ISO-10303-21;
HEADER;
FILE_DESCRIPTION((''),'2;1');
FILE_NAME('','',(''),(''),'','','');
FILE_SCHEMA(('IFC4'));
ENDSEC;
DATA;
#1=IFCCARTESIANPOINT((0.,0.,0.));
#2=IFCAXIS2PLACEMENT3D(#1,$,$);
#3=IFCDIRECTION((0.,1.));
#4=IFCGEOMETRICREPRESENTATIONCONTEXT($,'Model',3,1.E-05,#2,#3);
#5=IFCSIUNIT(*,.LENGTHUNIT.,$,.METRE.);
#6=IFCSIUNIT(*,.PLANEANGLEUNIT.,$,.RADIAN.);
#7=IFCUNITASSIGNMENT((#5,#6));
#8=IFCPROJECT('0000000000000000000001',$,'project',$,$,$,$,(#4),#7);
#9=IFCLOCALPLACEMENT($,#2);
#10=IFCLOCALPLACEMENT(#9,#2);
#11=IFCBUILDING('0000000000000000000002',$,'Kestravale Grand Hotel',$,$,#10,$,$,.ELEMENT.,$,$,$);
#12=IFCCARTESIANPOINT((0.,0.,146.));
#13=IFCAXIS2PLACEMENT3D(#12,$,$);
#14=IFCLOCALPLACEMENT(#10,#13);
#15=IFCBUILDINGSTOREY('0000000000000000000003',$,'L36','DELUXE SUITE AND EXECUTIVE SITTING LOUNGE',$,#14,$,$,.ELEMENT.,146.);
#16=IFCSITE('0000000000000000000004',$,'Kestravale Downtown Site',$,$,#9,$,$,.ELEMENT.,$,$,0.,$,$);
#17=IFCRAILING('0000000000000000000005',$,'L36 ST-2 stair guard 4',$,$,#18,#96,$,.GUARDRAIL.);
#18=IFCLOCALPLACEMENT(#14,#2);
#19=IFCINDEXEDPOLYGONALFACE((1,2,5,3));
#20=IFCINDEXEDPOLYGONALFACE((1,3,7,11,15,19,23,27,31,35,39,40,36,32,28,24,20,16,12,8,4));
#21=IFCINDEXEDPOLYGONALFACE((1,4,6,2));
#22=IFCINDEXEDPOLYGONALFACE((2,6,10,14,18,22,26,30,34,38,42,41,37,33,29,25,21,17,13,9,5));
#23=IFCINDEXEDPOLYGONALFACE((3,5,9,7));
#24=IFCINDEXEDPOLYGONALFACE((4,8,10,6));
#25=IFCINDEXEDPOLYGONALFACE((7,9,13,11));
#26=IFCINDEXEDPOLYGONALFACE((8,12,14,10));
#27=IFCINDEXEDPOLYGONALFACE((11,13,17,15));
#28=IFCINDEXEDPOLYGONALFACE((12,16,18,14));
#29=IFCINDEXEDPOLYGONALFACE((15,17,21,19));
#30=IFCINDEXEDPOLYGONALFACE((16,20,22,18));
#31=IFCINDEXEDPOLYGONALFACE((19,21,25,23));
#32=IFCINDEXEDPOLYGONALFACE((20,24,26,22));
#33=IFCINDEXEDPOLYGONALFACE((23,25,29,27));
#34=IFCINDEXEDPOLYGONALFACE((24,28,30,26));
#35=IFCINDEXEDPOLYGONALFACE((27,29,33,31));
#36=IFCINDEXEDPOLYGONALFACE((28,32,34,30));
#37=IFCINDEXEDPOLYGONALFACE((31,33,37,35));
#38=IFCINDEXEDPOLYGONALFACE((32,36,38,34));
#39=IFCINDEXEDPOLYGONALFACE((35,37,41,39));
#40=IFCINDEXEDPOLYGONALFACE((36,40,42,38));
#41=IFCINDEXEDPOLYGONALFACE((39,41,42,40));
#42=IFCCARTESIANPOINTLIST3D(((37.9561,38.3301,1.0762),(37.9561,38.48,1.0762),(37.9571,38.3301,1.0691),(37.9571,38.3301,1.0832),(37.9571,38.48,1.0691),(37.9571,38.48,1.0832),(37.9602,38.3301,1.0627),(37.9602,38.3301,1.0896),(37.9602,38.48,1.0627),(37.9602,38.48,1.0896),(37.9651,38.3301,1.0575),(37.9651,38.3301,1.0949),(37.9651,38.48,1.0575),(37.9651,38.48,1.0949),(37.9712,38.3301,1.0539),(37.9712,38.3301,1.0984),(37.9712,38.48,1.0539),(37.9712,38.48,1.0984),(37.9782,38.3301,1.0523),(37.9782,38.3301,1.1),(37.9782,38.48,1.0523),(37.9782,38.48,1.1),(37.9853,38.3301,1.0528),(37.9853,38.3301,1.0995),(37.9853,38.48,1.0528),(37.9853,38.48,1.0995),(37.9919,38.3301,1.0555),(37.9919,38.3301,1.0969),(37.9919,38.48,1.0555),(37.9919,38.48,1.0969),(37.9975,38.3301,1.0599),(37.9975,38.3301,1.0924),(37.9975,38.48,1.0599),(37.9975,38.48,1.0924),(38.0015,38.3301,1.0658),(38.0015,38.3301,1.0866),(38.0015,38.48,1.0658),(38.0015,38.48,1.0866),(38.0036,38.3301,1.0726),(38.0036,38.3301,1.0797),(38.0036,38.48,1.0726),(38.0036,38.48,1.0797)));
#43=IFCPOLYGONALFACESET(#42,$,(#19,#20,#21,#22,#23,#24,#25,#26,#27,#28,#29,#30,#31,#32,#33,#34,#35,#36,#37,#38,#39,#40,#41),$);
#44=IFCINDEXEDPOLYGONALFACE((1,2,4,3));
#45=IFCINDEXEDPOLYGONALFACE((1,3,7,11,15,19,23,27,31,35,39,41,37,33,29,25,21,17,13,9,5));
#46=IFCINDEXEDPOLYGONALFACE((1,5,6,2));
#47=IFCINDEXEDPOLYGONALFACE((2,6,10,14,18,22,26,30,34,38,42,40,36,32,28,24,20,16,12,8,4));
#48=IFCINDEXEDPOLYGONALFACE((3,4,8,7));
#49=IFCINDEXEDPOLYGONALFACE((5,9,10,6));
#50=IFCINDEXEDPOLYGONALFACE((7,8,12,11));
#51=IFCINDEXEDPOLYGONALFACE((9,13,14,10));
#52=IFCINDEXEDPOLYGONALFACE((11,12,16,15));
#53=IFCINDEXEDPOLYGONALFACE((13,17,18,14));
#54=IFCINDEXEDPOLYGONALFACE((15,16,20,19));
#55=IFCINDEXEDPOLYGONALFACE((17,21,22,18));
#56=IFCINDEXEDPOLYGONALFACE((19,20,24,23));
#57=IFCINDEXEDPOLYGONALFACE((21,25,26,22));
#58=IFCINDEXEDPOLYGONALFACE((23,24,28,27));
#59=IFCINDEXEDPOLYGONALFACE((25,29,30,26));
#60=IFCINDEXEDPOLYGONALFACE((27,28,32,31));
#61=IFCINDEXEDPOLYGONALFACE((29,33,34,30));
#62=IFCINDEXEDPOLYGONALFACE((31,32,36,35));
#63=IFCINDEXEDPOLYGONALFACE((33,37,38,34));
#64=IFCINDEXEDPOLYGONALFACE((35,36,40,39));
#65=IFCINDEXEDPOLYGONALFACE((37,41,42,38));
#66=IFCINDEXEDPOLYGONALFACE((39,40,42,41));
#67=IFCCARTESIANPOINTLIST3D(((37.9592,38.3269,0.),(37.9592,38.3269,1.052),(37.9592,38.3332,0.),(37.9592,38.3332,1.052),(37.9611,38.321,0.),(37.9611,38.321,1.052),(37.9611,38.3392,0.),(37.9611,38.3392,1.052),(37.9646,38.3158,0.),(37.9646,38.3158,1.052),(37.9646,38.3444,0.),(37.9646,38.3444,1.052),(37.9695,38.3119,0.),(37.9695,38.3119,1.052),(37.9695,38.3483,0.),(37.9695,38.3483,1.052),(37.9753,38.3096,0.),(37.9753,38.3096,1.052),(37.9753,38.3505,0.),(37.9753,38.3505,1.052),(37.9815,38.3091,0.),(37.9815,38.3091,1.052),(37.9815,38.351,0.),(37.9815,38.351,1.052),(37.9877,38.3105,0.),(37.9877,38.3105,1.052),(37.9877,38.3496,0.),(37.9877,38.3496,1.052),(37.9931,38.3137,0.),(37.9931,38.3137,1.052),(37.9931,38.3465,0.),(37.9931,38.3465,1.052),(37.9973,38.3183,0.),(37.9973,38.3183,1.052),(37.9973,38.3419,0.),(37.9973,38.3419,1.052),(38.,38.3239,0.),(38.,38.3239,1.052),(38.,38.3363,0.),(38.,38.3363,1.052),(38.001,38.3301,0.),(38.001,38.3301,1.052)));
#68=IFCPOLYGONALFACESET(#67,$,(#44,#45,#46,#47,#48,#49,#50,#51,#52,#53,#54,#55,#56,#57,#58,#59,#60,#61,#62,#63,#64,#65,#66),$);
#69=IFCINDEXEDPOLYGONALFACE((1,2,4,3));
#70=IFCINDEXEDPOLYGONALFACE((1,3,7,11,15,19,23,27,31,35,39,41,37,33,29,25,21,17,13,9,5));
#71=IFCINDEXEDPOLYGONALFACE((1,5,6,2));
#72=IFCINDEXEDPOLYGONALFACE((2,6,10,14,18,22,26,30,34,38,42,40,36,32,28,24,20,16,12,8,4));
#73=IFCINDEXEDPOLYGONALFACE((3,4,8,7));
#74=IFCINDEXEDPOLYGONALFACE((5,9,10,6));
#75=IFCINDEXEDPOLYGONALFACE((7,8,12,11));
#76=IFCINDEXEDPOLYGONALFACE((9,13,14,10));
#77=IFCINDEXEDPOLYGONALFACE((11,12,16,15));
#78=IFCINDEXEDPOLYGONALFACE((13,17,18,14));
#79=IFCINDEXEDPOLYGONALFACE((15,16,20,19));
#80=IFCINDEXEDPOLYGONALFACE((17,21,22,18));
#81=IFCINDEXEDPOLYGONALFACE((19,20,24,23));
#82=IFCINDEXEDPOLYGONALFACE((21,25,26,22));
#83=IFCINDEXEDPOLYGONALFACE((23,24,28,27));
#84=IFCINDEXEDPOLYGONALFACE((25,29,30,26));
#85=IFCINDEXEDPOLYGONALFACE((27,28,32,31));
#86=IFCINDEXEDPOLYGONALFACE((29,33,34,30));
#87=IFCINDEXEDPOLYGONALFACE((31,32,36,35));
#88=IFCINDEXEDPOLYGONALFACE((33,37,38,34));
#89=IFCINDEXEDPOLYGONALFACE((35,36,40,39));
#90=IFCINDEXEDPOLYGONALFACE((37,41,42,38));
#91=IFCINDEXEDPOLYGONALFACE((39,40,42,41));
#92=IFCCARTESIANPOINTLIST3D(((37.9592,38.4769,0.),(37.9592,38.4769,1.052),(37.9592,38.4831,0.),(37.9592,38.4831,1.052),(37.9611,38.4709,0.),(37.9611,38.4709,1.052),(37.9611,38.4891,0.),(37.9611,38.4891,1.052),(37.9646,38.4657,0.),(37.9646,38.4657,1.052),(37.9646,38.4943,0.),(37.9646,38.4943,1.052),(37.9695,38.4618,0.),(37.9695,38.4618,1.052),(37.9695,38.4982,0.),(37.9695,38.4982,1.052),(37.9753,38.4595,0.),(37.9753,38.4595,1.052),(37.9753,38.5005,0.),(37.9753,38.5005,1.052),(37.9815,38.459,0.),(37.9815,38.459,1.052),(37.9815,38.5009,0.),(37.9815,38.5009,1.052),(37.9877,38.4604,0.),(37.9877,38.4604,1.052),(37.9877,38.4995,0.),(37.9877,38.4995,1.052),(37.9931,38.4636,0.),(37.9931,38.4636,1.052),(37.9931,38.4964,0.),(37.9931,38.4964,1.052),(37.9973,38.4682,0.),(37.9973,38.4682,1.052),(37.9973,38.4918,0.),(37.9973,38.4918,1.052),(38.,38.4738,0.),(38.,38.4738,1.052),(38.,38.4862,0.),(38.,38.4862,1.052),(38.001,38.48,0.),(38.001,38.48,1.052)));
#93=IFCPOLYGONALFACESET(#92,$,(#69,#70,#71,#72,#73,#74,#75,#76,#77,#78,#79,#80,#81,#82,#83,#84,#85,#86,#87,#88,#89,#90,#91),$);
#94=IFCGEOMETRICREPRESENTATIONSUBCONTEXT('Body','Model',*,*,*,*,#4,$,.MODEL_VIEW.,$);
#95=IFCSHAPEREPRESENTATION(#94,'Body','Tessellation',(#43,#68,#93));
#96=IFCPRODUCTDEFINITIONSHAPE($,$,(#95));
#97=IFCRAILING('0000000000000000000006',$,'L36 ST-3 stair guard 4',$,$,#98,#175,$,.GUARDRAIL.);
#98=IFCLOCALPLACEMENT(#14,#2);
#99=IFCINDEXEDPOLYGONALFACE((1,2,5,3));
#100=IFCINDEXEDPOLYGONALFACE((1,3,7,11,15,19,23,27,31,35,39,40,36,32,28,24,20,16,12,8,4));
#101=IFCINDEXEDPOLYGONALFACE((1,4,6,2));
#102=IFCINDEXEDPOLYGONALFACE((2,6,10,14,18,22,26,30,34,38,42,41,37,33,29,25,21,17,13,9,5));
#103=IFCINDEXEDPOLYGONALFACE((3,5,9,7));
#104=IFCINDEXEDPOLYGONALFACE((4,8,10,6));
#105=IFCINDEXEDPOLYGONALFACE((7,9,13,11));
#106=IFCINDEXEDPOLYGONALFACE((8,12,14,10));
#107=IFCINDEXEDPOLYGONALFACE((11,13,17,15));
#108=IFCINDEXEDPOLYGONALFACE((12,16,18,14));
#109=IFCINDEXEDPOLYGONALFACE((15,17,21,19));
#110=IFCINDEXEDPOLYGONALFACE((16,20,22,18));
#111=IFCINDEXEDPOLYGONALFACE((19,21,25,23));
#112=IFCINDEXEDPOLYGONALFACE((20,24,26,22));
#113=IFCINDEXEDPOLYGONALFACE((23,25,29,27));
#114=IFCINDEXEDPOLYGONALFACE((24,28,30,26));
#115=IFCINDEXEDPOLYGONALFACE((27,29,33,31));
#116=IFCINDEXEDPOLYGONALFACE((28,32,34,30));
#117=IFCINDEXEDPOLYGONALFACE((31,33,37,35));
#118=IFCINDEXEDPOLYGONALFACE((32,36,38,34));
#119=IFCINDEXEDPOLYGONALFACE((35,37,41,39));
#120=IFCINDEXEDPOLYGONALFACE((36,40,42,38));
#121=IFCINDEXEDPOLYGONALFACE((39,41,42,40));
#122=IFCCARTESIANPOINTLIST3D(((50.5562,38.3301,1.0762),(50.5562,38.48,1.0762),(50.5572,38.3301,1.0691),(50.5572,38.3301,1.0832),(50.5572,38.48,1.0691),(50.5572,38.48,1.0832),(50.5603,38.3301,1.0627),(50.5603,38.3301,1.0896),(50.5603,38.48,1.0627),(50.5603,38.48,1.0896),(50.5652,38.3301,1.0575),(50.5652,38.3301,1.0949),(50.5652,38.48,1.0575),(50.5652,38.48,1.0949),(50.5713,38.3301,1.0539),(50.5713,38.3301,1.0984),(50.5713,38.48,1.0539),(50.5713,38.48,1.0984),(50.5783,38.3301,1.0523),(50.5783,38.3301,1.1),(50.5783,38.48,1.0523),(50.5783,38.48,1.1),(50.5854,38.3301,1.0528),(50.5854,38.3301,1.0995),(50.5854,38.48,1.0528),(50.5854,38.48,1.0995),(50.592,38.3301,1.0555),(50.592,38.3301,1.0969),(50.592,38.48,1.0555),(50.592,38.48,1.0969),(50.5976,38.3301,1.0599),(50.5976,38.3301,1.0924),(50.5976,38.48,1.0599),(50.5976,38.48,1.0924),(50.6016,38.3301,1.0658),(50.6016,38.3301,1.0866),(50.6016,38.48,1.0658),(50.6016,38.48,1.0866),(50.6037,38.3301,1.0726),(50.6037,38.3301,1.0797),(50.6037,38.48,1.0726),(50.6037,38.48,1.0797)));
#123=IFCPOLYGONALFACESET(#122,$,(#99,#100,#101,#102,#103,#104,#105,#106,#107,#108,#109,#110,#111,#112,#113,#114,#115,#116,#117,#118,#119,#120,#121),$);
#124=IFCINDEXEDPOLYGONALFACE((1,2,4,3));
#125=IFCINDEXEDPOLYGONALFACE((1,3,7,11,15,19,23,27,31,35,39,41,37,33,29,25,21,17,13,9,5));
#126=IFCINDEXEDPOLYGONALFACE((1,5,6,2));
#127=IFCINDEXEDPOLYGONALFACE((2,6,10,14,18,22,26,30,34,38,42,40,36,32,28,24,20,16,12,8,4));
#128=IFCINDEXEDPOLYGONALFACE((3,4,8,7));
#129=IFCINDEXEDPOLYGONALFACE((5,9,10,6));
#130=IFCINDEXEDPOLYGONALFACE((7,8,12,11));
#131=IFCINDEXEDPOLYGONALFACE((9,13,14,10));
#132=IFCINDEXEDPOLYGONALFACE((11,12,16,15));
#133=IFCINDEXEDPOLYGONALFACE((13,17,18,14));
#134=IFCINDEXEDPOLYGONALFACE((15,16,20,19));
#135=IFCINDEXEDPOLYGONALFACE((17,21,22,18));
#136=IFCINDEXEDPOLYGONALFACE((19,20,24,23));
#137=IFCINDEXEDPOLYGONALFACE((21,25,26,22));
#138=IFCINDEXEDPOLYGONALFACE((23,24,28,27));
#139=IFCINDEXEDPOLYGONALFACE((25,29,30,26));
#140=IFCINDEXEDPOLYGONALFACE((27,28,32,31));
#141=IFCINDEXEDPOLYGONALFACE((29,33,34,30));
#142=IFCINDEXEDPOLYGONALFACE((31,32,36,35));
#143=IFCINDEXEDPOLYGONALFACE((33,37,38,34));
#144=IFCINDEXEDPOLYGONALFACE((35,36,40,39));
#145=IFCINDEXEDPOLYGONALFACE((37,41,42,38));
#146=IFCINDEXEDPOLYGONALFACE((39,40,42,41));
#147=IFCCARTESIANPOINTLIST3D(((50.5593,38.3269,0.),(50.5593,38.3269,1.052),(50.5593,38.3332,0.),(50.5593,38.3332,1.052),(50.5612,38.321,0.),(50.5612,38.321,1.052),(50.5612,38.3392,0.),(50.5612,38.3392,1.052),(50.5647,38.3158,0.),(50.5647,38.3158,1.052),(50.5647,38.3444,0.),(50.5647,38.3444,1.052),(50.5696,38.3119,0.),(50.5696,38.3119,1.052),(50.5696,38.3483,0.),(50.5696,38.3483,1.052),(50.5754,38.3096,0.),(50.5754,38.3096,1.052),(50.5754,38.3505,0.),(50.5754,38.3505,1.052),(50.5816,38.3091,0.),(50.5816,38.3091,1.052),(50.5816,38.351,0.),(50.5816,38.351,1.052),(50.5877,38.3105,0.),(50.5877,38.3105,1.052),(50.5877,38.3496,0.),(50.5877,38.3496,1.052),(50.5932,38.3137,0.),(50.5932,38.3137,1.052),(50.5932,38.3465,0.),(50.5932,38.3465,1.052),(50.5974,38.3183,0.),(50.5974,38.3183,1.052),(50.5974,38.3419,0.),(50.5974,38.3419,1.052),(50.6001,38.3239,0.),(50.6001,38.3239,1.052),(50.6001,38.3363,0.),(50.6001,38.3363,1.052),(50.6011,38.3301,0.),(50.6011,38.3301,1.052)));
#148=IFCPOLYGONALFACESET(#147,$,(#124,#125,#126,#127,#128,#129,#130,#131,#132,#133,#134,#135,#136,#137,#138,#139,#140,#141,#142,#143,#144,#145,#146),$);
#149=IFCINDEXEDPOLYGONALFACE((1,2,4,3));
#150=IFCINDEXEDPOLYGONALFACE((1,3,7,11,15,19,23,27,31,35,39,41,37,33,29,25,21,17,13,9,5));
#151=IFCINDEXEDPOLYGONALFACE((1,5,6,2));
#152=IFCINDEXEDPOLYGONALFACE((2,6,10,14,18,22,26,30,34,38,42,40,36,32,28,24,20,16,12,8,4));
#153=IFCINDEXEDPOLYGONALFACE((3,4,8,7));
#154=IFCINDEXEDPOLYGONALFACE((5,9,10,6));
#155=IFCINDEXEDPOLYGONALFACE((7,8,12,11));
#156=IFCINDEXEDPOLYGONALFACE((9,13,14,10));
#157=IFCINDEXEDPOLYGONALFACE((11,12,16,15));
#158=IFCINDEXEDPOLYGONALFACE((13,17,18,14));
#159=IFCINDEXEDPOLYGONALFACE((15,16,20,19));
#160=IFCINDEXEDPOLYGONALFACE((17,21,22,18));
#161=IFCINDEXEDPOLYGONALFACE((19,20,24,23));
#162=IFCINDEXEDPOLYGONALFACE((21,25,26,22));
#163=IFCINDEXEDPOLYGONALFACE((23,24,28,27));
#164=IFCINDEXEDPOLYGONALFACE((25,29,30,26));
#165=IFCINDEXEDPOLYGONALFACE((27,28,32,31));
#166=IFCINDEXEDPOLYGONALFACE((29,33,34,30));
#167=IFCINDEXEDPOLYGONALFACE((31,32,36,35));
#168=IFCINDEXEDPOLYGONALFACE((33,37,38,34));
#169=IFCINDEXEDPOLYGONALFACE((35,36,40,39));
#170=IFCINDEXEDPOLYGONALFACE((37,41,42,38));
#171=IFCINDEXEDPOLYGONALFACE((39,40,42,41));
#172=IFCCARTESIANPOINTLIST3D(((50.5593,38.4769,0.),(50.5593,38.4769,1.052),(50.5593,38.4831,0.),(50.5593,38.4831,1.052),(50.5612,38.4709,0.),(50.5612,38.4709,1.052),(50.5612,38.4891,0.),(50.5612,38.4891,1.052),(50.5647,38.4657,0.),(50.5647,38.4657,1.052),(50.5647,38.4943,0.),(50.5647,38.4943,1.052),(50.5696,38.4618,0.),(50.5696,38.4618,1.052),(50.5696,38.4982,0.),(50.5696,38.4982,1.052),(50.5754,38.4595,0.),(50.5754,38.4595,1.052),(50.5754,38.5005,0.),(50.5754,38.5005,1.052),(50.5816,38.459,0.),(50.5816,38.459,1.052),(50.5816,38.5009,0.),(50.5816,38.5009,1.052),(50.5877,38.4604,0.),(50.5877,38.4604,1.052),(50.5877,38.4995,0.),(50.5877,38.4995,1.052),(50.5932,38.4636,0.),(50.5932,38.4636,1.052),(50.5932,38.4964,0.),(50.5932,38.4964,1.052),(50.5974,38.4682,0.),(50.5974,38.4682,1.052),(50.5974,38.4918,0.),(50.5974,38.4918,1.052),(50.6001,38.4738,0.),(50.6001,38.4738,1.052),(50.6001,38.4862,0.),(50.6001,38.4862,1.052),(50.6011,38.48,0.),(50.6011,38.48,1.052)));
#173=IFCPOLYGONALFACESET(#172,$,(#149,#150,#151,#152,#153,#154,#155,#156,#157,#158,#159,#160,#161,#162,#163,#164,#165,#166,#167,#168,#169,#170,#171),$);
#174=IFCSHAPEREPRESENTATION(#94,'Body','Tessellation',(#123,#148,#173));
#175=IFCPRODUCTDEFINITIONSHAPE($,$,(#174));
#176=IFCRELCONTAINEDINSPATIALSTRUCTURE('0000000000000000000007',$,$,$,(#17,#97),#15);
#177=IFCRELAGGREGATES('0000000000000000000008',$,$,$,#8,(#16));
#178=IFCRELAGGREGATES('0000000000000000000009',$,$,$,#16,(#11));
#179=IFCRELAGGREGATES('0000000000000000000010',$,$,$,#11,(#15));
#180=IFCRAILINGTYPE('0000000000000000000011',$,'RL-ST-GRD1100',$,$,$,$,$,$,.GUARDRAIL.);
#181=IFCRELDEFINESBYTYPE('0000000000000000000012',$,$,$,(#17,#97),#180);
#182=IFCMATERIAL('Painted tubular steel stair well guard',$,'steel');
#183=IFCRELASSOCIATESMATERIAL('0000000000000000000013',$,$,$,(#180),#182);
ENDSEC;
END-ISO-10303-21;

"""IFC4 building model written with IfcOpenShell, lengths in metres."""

from ifc_helpers import new_model, si_unit, direction, frame, origin, origin_2d, place, context, subcontext, project, spatial, circle, extrude, material, type_object, element, save


model = new_model("IFC4")

# Units and contexts
model_context = context("Model", 3, precision=1e-05, world=origin(), true_north=direction((0.0, 1.0)))
body_context = subcontext(model_context, "Body", "Model", "MODEL_VIEW")
ifc_project = project(units=[si_unit("LENGTHUNIT", "METRE"), si_unit("PLANEANGLEUNIT", "RADIAN")], contexts=[model_context])

# Site, building, storey
site_placement = place(None, origin())
site = spatial("IfcSite", under=ifc_project, at=site_placement, Name="Kestravale Downtown Site", CompositionType="ELEMENT", RefElevation=0.0)
building_placement = place(site_placement, origin())
building = spatial("IfcBuilding", under=site, at=building_placement, Name="Kestravale Grand Hotel", CompositionType="ELEMENT")
storey_placement = place(building_placement, frame((0.0, 0.0, 146.0)))
storey = spatial("IfcBuildingStorey", under=building, at=storey_placement, Name="L36", Description="DELUXE SUITE AND EXECUTIVE SITTING LOUNGE", CompositionType="ELEMENT", Elevation=146.0)

# Railings
ifc_material_1 = material(Name="Painted tubular steel stair well guard", Category="steel")
railing_type_1 = type_object("IfcRailingType", Name="RL-ST-GRD1100", PredefinedType="GUARDRAIL", material=ifc_material_1)
for number, where, name in (
    (1, (37.98, 38.3301, 0.0), "L36 ST-2 stair guard 4"),
    (2, (50.5801, 38.3301, 0.0), "L36 ST-3 stair guard 4"),
):
    element("IfcRailing", number, at=place(storey_placement, frame(where)), inside=storey, type_object=railing_type_1, Name=name, PredefinedType="GUARDRAIL", context=body_context, shape_type="SweptSolid", body=[
        extrude(circle(Radius=0.0239, at=origin_2d()), frame((0.0, 0.0, 1.0762), z_axis=(0.0, 1.0, 0.0), x_axis=(-1.0, 0.0, 0.0)), (0.0, 0.0, 1.0), 0.1499),
        extrude(circle(Radius=0.021, at=origin_2d()), origin(), (0.0, 0.0, 1.0), 1.052),
        extrude(circle(Radius=0.021, at=origin_2d()), frame((0.0, 0.1499, 0.0)), (0.0, 0.0, 1.0), 1.052),
    ])

save(model, "model.ifc")
